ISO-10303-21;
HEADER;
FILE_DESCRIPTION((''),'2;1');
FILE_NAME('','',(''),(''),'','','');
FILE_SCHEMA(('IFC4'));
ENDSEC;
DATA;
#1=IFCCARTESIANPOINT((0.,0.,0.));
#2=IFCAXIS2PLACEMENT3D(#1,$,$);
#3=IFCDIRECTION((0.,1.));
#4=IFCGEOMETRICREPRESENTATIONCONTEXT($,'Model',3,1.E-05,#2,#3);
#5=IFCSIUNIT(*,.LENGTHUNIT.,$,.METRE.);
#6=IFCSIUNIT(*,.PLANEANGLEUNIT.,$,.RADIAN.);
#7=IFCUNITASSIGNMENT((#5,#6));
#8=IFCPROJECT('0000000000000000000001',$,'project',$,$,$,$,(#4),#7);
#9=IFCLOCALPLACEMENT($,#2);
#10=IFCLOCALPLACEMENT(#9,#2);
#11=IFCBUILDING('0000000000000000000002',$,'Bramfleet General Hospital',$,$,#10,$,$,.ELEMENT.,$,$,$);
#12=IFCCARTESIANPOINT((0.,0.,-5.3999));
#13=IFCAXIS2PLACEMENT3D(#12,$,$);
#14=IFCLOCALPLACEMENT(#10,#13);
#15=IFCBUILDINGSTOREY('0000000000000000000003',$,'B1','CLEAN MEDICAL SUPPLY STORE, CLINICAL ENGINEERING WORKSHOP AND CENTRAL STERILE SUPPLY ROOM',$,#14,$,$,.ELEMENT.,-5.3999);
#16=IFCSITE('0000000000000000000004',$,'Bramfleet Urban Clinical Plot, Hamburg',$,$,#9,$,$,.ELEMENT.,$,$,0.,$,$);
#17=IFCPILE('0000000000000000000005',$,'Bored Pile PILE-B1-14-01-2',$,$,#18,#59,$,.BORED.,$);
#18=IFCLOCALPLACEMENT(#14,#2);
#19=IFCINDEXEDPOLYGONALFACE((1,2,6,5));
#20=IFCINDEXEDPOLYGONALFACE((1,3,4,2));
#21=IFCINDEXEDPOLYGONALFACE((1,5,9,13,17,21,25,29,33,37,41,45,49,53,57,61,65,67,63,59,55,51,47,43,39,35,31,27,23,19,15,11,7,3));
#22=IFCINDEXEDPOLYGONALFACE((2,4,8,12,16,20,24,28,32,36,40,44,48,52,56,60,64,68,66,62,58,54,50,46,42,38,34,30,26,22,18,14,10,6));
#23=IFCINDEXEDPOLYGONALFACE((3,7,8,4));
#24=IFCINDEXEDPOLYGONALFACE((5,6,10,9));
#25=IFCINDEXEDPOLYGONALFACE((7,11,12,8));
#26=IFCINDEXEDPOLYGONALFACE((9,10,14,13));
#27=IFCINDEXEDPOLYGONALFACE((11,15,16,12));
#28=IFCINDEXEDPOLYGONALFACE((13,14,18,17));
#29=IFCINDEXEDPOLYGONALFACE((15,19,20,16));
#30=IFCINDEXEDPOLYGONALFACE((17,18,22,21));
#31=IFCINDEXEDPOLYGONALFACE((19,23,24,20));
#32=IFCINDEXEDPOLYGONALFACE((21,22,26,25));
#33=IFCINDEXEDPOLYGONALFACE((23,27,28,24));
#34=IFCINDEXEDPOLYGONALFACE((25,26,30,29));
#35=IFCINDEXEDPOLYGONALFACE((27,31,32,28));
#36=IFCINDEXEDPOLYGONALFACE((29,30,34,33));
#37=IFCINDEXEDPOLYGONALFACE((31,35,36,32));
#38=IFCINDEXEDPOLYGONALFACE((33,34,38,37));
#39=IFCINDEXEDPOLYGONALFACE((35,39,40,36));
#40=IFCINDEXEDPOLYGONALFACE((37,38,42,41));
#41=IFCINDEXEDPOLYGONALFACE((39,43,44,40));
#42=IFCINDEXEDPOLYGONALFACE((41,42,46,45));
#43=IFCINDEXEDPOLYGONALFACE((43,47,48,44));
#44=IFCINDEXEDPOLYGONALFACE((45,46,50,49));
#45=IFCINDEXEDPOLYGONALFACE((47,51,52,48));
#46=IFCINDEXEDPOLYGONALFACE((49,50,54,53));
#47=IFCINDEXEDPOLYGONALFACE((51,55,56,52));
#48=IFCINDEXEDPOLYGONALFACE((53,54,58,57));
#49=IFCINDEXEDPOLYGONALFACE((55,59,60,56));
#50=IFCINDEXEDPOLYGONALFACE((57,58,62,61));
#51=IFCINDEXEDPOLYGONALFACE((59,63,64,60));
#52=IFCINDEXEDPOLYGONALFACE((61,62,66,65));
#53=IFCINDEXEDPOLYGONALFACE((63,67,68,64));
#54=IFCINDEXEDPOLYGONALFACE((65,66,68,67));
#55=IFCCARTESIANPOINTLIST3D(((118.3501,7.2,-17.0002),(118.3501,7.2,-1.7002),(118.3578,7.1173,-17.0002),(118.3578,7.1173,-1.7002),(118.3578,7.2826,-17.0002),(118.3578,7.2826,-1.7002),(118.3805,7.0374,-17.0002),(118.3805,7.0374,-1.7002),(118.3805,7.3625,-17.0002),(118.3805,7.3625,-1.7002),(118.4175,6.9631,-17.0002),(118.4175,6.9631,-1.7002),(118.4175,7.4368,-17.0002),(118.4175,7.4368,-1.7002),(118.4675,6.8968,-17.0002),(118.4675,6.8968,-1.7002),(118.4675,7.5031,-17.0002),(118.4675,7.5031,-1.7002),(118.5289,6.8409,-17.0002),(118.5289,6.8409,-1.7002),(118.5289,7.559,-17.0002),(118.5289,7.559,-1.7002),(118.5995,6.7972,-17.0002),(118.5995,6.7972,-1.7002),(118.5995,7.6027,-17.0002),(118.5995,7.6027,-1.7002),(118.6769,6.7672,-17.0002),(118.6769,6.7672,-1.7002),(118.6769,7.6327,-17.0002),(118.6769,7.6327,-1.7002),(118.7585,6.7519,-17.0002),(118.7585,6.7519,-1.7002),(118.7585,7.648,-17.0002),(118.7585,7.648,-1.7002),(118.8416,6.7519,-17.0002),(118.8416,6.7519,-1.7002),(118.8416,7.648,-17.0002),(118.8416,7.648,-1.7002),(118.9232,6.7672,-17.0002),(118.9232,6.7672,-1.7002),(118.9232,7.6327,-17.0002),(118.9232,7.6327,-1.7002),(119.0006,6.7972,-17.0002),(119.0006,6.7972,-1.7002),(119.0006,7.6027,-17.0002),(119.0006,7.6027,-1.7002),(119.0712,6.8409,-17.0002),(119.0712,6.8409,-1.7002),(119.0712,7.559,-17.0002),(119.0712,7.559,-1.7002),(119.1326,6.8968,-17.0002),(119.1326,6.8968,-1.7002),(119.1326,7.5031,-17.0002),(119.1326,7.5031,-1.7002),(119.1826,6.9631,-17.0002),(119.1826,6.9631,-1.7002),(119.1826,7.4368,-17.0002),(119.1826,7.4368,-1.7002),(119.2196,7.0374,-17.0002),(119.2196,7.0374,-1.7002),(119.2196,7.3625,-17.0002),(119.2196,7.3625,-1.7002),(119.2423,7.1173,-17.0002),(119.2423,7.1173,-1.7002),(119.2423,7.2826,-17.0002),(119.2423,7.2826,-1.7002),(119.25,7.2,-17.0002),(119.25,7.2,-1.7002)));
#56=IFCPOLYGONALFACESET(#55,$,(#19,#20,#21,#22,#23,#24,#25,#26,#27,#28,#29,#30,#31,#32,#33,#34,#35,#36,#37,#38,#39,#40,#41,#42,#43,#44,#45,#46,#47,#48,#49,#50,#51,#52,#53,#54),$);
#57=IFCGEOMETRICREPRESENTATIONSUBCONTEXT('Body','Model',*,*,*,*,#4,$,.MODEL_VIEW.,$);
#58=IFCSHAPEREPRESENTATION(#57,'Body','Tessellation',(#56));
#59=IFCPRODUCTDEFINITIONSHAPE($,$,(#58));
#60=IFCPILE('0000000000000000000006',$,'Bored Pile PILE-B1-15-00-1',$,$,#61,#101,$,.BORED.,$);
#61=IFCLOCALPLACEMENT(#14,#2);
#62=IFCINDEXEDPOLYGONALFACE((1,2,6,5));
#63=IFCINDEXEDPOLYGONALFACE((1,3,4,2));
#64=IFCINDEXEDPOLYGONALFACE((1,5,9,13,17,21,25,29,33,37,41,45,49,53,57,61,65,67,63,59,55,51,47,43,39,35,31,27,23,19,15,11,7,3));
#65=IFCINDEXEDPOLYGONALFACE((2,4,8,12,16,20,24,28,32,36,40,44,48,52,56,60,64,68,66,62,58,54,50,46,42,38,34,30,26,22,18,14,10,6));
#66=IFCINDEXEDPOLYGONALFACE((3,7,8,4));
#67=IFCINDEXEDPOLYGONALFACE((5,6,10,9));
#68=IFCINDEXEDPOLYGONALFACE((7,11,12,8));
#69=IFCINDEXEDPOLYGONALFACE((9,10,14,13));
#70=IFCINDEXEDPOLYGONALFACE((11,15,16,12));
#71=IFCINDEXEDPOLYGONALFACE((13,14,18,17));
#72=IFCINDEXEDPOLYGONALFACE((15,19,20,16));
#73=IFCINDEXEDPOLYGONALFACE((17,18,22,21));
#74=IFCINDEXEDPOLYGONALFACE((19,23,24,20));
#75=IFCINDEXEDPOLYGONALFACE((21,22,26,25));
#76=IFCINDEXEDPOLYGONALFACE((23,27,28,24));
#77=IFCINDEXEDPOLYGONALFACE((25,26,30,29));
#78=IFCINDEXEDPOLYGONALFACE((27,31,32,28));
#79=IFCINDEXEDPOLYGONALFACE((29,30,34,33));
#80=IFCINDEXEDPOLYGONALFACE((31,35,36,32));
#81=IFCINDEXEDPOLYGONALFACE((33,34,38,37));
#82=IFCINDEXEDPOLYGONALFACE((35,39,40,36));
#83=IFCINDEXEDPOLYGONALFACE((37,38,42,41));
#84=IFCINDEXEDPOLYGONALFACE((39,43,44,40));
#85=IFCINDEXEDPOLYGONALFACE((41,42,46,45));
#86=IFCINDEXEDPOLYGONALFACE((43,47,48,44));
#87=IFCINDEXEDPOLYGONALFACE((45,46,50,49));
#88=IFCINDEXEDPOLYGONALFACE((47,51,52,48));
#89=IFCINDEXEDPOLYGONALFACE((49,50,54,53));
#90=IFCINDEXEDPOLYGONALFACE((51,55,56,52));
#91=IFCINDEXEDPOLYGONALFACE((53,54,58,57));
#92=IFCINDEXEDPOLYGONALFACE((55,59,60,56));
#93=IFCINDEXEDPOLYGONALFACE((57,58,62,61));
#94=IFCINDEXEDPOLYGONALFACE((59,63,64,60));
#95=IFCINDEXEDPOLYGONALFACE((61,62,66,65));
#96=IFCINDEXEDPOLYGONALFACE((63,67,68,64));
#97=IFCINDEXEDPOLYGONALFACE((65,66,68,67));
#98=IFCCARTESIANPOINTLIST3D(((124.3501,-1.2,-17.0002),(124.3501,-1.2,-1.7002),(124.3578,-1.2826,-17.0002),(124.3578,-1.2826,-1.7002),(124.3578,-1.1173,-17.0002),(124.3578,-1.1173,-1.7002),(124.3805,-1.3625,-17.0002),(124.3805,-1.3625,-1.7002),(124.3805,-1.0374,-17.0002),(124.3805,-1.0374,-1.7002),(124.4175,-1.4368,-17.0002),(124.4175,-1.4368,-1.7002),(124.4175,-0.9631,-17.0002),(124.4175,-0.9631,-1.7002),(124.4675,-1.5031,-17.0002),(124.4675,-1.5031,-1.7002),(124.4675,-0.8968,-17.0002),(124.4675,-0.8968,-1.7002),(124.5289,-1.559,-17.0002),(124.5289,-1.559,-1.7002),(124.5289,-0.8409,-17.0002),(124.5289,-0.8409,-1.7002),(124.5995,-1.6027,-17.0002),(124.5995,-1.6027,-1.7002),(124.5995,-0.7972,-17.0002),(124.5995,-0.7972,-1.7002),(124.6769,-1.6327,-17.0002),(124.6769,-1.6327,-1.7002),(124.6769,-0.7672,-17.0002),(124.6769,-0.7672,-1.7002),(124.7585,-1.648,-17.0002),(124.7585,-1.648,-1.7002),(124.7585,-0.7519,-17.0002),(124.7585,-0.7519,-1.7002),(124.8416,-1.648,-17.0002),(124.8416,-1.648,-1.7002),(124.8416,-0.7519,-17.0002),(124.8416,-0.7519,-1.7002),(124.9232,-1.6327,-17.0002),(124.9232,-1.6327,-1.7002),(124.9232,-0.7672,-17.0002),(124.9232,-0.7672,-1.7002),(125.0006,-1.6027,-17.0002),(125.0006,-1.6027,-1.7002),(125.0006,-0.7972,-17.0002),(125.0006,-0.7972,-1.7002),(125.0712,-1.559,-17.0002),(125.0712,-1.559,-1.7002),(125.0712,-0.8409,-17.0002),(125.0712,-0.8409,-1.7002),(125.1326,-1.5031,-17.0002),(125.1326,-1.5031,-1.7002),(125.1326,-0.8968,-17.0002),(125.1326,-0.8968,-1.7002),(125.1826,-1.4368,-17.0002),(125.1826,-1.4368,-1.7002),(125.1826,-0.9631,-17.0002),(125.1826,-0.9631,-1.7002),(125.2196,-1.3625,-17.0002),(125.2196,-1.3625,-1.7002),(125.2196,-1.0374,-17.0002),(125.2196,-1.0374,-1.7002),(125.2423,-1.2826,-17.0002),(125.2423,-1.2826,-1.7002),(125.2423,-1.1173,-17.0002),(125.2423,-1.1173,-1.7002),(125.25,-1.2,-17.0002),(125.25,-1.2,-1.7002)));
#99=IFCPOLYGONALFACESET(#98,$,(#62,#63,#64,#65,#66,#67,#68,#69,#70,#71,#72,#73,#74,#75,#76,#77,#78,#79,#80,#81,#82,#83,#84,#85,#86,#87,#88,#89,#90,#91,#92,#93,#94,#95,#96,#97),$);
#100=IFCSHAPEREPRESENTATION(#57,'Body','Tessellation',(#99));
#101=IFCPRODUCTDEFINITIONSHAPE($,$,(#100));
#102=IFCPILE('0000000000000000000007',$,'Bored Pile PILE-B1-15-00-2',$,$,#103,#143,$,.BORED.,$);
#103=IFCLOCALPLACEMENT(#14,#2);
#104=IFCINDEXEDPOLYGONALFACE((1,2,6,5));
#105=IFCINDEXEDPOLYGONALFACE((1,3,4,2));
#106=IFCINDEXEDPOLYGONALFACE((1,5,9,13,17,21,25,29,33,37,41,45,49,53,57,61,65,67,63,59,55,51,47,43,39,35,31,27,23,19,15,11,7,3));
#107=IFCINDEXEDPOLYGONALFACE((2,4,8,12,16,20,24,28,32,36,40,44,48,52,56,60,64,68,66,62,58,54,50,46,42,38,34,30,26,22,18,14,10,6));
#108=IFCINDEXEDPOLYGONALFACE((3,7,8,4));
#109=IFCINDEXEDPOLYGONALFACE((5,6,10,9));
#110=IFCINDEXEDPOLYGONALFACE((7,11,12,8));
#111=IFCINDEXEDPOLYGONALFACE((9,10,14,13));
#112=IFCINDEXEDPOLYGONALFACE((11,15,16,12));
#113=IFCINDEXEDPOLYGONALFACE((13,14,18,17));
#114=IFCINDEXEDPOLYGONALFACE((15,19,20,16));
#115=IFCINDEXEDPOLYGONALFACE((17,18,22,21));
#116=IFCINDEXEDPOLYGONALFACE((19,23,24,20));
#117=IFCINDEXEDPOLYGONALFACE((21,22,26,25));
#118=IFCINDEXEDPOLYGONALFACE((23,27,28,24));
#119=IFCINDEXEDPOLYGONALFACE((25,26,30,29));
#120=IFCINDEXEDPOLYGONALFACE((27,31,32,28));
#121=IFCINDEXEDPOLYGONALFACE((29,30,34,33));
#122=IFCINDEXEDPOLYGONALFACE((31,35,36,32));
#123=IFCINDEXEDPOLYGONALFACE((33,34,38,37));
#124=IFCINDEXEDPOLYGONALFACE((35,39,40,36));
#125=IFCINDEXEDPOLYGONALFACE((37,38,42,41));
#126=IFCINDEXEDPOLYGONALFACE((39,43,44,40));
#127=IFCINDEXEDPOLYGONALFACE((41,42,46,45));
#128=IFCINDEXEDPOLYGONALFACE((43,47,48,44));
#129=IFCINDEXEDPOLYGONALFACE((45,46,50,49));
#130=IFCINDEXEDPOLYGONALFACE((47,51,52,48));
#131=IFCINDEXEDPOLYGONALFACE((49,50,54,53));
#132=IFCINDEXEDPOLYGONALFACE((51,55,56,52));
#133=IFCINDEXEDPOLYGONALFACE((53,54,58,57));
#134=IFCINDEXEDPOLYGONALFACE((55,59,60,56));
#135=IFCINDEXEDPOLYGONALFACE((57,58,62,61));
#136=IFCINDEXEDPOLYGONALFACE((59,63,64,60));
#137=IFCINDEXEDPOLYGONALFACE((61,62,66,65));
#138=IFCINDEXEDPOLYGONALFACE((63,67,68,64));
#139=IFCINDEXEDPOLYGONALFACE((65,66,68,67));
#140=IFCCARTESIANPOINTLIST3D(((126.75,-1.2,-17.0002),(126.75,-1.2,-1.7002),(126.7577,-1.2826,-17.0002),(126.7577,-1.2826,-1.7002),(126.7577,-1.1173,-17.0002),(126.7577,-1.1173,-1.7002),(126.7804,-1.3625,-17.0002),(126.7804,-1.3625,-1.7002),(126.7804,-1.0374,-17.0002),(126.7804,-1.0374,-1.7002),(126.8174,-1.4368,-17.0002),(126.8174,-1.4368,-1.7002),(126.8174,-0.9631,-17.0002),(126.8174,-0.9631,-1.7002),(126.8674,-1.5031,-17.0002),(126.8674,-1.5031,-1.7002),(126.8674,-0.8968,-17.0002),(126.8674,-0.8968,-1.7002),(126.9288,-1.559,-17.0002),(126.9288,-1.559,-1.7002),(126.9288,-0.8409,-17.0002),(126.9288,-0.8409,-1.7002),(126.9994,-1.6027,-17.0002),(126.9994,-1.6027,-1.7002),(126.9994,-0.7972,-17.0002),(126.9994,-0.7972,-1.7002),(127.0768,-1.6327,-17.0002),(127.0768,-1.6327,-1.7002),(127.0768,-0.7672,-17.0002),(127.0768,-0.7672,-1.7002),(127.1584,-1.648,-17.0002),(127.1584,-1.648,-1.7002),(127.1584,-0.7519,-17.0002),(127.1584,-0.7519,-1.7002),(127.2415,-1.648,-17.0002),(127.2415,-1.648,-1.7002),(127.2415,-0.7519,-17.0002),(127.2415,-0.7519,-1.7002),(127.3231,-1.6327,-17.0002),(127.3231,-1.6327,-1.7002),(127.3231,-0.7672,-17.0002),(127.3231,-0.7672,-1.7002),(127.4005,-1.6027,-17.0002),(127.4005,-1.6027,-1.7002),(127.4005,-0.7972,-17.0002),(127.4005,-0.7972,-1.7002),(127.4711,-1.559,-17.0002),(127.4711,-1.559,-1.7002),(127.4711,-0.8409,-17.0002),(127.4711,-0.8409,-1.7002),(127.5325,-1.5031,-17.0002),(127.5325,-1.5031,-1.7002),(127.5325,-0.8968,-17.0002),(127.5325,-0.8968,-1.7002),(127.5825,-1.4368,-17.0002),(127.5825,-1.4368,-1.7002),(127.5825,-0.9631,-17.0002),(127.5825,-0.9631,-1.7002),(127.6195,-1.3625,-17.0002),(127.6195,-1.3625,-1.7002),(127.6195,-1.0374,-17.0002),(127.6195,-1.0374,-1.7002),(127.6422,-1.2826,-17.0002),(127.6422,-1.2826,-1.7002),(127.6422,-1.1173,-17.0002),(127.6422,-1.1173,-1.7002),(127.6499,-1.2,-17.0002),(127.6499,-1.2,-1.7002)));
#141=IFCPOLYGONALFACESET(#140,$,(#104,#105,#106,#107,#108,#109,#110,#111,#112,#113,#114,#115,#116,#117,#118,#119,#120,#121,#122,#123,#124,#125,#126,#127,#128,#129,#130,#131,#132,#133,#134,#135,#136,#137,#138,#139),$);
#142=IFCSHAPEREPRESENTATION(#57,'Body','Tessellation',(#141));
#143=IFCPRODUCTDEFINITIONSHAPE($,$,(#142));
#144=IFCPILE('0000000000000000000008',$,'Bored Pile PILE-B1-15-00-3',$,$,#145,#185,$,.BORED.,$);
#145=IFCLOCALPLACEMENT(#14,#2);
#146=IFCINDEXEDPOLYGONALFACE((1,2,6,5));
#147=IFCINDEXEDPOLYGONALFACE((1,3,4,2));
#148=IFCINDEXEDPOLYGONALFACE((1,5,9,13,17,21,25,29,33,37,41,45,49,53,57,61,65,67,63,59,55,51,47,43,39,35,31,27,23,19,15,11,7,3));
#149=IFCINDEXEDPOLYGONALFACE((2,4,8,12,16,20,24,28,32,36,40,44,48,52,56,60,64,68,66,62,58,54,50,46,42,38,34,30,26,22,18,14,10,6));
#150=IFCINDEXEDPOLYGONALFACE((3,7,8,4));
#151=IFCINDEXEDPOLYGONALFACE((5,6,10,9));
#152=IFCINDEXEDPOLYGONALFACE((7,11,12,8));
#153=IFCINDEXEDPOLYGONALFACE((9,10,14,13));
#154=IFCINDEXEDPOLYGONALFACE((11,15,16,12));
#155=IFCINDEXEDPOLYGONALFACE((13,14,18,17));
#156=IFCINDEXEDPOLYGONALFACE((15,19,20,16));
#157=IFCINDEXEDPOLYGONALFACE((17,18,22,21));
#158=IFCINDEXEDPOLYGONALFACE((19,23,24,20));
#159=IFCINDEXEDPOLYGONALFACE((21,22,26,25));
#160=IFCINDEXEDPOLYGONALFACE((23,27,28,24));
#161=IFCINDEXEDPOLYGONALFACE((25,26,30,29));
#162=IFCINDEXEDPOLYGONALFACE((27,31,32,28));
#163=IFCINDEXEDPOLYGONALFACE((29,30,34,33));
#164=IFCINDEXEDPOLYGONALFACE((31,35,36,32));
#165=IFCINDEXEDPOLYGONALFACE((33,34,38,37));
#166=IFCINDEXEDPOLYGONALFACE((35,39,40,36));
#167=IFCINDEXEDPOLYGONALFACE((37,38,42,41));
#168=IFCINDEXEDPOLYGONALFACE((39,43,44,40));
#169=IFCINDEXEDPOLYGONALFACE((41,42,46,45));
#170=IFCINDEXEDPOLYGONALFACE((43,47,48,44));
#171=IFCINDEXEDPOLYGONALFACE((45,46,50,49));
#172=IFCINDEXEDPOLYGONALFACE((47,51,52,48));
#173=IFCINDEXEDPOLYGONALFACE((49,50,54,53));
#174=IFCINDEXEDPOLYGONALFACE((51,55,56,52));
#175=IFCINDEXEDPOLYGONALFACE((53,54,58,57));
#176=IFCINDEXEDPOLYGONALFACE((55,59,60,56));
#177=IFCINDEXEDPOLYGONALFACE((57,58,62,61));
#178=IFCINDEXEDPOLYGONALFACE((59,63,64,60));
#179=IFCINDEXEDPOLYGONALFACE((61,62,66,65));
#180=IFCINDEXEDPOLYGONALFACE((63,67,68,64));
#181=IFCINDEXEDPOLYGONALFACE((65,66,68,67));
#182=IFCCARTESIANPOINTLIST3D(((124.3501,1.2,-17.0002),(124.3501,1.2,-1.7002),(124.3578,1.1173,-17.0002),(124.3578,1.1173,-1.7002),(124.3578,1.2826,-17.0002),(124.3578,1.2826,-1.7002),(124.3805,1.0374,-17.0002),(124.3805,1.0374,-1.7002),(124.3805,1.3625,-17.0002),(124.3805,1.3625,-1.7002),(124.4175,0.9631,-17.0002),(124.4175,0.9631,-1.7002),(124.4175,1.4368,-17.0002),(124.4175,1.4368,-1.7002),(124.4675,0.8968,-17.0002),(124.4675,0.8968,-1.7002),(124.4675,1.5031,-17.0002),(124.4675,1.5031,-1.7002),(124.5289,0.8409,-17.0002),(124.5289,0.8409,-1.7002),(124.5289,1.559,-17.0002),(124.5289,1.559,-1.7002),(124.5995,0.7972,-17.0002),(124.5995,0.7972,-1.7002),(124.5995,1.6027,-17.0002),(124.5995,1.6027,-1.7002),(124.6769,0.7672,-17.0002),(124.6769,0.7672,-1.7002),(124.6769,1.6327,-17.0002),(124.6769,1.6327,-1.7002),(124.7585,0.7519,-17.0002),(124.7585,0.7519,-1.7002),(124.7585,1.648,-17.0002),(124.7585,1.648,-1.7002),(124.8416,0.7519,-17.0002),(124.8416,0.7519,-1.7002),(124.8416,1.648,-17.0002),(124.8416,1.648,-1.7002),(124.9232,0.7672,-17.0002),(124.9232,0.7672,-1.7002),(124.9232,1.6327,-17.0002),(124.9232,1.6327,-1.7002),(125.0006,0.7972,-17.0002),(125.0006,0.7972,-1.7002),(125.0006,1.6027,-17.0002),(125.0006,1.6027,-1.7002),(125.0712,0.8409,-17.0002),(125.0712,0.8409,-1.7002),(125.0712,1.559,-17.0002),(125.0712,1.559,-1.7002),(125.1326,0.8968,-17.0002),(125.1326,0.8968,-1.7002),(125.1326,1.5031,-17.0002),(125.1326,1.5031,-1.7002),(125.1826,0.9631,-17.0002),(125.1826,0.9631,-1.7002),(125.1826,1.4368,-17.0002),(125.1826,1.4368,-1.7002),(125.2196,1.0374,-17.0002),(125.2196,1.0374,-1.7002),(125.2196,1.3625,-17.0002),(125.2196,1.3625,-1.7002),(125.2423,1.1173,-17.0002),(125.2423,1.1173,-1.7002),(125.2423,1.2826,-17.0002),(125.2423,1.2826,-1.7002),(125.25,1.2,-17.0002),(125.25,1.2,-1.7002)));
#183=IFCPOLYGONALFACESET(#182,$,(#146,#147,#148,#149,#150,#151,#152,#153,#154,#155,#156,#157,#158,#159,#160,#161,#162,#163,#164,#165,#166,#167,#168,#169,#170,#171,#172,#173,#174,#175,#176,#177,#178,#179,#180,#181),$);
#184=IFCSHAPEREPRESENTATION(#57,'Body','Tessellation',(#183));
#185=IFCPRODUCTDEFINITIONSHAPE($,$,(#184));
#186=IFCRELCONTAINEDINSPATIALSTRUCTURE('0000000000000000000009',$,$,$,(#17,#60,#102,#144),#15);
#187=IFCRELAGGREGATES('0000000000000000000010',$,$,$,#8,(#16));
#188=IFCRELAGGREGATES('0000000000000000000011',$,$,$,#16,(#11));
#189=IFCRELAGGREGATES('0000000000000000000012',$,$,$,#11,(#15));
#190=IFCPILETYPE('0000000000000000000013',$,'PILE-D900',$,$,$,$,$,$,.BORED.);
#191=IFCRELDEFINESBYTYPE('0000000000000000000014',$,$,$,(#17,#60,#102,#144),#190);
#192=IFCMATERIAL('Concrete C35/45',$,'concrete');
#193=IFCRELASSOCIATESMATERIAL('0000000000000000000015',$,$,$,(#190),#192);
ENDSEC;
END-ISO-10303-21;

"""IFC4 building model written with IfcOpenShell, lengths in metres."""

from ifc_helpers import new_model, si_unit, direction, frame, origin, origin_2d, place, context, subcontext, project, spatial, circle, extrude, material, material_profile, profile_set, type_object, element, save


model = new_model("IFC4")

# Units and contexts
model_context = context("Model", 3, precision=1e-05, world=origin(), true_north=direction((0.0, 1.0)))
body_context = subcontext(model_context, "Body", "Model", "MODEL_VIEW")
ifc_project = project(units=[si_unit("LENGTHUNIT", "METRE"), si_unit("PLANEANGLEUNIT", "RADIAN")], contexts=[model_context])

# Site, building, storey
site_placement = place(None, origin())
site = spatial("IfcSite", under=ifc_project, at=site_placement, Name="Bramfleet Urban Clinical Plot, Hamburg", CompositionType="ELEMENT", RefElevation=0.0)
building_placement = place(site_placement, origin())
building = spatial("IfcBuilding", under=site, at=building_placement, Name="Bramfleet General Hospital", CompositionType="ELEMENT")
storey_placement = place(building_placement, frame((0.0, 0.0, -5.3999)))
storey = spatial("IfcBuildingStorey", under=building, at=storey_placement, Name="B1", Description="CLEAN MEDICAL SUPPLY STORE, CLINICAL ENGINEERING WORKSHOP AND CENTRAL STERILE SUPPLY ROOM", CompositionType="ELEMENT", Elevation=-5.3999)

# Shared definitions
ifc_material_1 = material(Name="Concrete C35/45", Category="concrete")

# Piles
ifc_material_profile_1 = material_profile(ifc_material_1, circle(Radius=0.45, at=origin_2d()), Name="PILE BORED D900")
ifc_profile_set_1 = profile_set([ifc_material_profile_1], Name="Concrete C35/45")
pile_type = type_object("IfcPileType", Name="PILE-D900", PredefinedType="BORED", material=ifc_profile_set_1)
for number, where, z_axis, x_axis, name in (
    (1, (118.8, 7.2, -1.7002), (0.0, 0.0, -1.0), (1.0, 0.0, 0.0), "Bored Pile PILE-B1-14-01-2"),
    (2, (124.8, -1.2, -1.7002), (0.0, 0.0, -1.0), (1.0, 0.0, 0.0), "Bored Pile PILE-B1-15-00-1"),
    (3, (127.2, -1.2, -1.7002), (0.0, 0.0, -1.0), (1.0, 0.0, 0.0), "Bored Pile PILE-B1-15-00-2"),
    (4, (124.8, 1.2, -1.7002), (0.0, 0.0, -1.0), (1.0, 0.0, 0.0), "Bored Pile PILE-B1-15-00-3"),
):
    element("IfcPile", number, at=place(storey_placement, frame(where, z_axis=z_axis, x_axis=x_axis)), inside=storey, type_object=pile_type, Name=name, PredefinedType="BORED", context=body_context, shape_type="SweptSolid", body=[
        extrude(circle(Radius=0.45, at=origin_2d()), origin(), (0.0, 0.0, 1.0), 15.3),
    ])

save(model, "model.ifc")
